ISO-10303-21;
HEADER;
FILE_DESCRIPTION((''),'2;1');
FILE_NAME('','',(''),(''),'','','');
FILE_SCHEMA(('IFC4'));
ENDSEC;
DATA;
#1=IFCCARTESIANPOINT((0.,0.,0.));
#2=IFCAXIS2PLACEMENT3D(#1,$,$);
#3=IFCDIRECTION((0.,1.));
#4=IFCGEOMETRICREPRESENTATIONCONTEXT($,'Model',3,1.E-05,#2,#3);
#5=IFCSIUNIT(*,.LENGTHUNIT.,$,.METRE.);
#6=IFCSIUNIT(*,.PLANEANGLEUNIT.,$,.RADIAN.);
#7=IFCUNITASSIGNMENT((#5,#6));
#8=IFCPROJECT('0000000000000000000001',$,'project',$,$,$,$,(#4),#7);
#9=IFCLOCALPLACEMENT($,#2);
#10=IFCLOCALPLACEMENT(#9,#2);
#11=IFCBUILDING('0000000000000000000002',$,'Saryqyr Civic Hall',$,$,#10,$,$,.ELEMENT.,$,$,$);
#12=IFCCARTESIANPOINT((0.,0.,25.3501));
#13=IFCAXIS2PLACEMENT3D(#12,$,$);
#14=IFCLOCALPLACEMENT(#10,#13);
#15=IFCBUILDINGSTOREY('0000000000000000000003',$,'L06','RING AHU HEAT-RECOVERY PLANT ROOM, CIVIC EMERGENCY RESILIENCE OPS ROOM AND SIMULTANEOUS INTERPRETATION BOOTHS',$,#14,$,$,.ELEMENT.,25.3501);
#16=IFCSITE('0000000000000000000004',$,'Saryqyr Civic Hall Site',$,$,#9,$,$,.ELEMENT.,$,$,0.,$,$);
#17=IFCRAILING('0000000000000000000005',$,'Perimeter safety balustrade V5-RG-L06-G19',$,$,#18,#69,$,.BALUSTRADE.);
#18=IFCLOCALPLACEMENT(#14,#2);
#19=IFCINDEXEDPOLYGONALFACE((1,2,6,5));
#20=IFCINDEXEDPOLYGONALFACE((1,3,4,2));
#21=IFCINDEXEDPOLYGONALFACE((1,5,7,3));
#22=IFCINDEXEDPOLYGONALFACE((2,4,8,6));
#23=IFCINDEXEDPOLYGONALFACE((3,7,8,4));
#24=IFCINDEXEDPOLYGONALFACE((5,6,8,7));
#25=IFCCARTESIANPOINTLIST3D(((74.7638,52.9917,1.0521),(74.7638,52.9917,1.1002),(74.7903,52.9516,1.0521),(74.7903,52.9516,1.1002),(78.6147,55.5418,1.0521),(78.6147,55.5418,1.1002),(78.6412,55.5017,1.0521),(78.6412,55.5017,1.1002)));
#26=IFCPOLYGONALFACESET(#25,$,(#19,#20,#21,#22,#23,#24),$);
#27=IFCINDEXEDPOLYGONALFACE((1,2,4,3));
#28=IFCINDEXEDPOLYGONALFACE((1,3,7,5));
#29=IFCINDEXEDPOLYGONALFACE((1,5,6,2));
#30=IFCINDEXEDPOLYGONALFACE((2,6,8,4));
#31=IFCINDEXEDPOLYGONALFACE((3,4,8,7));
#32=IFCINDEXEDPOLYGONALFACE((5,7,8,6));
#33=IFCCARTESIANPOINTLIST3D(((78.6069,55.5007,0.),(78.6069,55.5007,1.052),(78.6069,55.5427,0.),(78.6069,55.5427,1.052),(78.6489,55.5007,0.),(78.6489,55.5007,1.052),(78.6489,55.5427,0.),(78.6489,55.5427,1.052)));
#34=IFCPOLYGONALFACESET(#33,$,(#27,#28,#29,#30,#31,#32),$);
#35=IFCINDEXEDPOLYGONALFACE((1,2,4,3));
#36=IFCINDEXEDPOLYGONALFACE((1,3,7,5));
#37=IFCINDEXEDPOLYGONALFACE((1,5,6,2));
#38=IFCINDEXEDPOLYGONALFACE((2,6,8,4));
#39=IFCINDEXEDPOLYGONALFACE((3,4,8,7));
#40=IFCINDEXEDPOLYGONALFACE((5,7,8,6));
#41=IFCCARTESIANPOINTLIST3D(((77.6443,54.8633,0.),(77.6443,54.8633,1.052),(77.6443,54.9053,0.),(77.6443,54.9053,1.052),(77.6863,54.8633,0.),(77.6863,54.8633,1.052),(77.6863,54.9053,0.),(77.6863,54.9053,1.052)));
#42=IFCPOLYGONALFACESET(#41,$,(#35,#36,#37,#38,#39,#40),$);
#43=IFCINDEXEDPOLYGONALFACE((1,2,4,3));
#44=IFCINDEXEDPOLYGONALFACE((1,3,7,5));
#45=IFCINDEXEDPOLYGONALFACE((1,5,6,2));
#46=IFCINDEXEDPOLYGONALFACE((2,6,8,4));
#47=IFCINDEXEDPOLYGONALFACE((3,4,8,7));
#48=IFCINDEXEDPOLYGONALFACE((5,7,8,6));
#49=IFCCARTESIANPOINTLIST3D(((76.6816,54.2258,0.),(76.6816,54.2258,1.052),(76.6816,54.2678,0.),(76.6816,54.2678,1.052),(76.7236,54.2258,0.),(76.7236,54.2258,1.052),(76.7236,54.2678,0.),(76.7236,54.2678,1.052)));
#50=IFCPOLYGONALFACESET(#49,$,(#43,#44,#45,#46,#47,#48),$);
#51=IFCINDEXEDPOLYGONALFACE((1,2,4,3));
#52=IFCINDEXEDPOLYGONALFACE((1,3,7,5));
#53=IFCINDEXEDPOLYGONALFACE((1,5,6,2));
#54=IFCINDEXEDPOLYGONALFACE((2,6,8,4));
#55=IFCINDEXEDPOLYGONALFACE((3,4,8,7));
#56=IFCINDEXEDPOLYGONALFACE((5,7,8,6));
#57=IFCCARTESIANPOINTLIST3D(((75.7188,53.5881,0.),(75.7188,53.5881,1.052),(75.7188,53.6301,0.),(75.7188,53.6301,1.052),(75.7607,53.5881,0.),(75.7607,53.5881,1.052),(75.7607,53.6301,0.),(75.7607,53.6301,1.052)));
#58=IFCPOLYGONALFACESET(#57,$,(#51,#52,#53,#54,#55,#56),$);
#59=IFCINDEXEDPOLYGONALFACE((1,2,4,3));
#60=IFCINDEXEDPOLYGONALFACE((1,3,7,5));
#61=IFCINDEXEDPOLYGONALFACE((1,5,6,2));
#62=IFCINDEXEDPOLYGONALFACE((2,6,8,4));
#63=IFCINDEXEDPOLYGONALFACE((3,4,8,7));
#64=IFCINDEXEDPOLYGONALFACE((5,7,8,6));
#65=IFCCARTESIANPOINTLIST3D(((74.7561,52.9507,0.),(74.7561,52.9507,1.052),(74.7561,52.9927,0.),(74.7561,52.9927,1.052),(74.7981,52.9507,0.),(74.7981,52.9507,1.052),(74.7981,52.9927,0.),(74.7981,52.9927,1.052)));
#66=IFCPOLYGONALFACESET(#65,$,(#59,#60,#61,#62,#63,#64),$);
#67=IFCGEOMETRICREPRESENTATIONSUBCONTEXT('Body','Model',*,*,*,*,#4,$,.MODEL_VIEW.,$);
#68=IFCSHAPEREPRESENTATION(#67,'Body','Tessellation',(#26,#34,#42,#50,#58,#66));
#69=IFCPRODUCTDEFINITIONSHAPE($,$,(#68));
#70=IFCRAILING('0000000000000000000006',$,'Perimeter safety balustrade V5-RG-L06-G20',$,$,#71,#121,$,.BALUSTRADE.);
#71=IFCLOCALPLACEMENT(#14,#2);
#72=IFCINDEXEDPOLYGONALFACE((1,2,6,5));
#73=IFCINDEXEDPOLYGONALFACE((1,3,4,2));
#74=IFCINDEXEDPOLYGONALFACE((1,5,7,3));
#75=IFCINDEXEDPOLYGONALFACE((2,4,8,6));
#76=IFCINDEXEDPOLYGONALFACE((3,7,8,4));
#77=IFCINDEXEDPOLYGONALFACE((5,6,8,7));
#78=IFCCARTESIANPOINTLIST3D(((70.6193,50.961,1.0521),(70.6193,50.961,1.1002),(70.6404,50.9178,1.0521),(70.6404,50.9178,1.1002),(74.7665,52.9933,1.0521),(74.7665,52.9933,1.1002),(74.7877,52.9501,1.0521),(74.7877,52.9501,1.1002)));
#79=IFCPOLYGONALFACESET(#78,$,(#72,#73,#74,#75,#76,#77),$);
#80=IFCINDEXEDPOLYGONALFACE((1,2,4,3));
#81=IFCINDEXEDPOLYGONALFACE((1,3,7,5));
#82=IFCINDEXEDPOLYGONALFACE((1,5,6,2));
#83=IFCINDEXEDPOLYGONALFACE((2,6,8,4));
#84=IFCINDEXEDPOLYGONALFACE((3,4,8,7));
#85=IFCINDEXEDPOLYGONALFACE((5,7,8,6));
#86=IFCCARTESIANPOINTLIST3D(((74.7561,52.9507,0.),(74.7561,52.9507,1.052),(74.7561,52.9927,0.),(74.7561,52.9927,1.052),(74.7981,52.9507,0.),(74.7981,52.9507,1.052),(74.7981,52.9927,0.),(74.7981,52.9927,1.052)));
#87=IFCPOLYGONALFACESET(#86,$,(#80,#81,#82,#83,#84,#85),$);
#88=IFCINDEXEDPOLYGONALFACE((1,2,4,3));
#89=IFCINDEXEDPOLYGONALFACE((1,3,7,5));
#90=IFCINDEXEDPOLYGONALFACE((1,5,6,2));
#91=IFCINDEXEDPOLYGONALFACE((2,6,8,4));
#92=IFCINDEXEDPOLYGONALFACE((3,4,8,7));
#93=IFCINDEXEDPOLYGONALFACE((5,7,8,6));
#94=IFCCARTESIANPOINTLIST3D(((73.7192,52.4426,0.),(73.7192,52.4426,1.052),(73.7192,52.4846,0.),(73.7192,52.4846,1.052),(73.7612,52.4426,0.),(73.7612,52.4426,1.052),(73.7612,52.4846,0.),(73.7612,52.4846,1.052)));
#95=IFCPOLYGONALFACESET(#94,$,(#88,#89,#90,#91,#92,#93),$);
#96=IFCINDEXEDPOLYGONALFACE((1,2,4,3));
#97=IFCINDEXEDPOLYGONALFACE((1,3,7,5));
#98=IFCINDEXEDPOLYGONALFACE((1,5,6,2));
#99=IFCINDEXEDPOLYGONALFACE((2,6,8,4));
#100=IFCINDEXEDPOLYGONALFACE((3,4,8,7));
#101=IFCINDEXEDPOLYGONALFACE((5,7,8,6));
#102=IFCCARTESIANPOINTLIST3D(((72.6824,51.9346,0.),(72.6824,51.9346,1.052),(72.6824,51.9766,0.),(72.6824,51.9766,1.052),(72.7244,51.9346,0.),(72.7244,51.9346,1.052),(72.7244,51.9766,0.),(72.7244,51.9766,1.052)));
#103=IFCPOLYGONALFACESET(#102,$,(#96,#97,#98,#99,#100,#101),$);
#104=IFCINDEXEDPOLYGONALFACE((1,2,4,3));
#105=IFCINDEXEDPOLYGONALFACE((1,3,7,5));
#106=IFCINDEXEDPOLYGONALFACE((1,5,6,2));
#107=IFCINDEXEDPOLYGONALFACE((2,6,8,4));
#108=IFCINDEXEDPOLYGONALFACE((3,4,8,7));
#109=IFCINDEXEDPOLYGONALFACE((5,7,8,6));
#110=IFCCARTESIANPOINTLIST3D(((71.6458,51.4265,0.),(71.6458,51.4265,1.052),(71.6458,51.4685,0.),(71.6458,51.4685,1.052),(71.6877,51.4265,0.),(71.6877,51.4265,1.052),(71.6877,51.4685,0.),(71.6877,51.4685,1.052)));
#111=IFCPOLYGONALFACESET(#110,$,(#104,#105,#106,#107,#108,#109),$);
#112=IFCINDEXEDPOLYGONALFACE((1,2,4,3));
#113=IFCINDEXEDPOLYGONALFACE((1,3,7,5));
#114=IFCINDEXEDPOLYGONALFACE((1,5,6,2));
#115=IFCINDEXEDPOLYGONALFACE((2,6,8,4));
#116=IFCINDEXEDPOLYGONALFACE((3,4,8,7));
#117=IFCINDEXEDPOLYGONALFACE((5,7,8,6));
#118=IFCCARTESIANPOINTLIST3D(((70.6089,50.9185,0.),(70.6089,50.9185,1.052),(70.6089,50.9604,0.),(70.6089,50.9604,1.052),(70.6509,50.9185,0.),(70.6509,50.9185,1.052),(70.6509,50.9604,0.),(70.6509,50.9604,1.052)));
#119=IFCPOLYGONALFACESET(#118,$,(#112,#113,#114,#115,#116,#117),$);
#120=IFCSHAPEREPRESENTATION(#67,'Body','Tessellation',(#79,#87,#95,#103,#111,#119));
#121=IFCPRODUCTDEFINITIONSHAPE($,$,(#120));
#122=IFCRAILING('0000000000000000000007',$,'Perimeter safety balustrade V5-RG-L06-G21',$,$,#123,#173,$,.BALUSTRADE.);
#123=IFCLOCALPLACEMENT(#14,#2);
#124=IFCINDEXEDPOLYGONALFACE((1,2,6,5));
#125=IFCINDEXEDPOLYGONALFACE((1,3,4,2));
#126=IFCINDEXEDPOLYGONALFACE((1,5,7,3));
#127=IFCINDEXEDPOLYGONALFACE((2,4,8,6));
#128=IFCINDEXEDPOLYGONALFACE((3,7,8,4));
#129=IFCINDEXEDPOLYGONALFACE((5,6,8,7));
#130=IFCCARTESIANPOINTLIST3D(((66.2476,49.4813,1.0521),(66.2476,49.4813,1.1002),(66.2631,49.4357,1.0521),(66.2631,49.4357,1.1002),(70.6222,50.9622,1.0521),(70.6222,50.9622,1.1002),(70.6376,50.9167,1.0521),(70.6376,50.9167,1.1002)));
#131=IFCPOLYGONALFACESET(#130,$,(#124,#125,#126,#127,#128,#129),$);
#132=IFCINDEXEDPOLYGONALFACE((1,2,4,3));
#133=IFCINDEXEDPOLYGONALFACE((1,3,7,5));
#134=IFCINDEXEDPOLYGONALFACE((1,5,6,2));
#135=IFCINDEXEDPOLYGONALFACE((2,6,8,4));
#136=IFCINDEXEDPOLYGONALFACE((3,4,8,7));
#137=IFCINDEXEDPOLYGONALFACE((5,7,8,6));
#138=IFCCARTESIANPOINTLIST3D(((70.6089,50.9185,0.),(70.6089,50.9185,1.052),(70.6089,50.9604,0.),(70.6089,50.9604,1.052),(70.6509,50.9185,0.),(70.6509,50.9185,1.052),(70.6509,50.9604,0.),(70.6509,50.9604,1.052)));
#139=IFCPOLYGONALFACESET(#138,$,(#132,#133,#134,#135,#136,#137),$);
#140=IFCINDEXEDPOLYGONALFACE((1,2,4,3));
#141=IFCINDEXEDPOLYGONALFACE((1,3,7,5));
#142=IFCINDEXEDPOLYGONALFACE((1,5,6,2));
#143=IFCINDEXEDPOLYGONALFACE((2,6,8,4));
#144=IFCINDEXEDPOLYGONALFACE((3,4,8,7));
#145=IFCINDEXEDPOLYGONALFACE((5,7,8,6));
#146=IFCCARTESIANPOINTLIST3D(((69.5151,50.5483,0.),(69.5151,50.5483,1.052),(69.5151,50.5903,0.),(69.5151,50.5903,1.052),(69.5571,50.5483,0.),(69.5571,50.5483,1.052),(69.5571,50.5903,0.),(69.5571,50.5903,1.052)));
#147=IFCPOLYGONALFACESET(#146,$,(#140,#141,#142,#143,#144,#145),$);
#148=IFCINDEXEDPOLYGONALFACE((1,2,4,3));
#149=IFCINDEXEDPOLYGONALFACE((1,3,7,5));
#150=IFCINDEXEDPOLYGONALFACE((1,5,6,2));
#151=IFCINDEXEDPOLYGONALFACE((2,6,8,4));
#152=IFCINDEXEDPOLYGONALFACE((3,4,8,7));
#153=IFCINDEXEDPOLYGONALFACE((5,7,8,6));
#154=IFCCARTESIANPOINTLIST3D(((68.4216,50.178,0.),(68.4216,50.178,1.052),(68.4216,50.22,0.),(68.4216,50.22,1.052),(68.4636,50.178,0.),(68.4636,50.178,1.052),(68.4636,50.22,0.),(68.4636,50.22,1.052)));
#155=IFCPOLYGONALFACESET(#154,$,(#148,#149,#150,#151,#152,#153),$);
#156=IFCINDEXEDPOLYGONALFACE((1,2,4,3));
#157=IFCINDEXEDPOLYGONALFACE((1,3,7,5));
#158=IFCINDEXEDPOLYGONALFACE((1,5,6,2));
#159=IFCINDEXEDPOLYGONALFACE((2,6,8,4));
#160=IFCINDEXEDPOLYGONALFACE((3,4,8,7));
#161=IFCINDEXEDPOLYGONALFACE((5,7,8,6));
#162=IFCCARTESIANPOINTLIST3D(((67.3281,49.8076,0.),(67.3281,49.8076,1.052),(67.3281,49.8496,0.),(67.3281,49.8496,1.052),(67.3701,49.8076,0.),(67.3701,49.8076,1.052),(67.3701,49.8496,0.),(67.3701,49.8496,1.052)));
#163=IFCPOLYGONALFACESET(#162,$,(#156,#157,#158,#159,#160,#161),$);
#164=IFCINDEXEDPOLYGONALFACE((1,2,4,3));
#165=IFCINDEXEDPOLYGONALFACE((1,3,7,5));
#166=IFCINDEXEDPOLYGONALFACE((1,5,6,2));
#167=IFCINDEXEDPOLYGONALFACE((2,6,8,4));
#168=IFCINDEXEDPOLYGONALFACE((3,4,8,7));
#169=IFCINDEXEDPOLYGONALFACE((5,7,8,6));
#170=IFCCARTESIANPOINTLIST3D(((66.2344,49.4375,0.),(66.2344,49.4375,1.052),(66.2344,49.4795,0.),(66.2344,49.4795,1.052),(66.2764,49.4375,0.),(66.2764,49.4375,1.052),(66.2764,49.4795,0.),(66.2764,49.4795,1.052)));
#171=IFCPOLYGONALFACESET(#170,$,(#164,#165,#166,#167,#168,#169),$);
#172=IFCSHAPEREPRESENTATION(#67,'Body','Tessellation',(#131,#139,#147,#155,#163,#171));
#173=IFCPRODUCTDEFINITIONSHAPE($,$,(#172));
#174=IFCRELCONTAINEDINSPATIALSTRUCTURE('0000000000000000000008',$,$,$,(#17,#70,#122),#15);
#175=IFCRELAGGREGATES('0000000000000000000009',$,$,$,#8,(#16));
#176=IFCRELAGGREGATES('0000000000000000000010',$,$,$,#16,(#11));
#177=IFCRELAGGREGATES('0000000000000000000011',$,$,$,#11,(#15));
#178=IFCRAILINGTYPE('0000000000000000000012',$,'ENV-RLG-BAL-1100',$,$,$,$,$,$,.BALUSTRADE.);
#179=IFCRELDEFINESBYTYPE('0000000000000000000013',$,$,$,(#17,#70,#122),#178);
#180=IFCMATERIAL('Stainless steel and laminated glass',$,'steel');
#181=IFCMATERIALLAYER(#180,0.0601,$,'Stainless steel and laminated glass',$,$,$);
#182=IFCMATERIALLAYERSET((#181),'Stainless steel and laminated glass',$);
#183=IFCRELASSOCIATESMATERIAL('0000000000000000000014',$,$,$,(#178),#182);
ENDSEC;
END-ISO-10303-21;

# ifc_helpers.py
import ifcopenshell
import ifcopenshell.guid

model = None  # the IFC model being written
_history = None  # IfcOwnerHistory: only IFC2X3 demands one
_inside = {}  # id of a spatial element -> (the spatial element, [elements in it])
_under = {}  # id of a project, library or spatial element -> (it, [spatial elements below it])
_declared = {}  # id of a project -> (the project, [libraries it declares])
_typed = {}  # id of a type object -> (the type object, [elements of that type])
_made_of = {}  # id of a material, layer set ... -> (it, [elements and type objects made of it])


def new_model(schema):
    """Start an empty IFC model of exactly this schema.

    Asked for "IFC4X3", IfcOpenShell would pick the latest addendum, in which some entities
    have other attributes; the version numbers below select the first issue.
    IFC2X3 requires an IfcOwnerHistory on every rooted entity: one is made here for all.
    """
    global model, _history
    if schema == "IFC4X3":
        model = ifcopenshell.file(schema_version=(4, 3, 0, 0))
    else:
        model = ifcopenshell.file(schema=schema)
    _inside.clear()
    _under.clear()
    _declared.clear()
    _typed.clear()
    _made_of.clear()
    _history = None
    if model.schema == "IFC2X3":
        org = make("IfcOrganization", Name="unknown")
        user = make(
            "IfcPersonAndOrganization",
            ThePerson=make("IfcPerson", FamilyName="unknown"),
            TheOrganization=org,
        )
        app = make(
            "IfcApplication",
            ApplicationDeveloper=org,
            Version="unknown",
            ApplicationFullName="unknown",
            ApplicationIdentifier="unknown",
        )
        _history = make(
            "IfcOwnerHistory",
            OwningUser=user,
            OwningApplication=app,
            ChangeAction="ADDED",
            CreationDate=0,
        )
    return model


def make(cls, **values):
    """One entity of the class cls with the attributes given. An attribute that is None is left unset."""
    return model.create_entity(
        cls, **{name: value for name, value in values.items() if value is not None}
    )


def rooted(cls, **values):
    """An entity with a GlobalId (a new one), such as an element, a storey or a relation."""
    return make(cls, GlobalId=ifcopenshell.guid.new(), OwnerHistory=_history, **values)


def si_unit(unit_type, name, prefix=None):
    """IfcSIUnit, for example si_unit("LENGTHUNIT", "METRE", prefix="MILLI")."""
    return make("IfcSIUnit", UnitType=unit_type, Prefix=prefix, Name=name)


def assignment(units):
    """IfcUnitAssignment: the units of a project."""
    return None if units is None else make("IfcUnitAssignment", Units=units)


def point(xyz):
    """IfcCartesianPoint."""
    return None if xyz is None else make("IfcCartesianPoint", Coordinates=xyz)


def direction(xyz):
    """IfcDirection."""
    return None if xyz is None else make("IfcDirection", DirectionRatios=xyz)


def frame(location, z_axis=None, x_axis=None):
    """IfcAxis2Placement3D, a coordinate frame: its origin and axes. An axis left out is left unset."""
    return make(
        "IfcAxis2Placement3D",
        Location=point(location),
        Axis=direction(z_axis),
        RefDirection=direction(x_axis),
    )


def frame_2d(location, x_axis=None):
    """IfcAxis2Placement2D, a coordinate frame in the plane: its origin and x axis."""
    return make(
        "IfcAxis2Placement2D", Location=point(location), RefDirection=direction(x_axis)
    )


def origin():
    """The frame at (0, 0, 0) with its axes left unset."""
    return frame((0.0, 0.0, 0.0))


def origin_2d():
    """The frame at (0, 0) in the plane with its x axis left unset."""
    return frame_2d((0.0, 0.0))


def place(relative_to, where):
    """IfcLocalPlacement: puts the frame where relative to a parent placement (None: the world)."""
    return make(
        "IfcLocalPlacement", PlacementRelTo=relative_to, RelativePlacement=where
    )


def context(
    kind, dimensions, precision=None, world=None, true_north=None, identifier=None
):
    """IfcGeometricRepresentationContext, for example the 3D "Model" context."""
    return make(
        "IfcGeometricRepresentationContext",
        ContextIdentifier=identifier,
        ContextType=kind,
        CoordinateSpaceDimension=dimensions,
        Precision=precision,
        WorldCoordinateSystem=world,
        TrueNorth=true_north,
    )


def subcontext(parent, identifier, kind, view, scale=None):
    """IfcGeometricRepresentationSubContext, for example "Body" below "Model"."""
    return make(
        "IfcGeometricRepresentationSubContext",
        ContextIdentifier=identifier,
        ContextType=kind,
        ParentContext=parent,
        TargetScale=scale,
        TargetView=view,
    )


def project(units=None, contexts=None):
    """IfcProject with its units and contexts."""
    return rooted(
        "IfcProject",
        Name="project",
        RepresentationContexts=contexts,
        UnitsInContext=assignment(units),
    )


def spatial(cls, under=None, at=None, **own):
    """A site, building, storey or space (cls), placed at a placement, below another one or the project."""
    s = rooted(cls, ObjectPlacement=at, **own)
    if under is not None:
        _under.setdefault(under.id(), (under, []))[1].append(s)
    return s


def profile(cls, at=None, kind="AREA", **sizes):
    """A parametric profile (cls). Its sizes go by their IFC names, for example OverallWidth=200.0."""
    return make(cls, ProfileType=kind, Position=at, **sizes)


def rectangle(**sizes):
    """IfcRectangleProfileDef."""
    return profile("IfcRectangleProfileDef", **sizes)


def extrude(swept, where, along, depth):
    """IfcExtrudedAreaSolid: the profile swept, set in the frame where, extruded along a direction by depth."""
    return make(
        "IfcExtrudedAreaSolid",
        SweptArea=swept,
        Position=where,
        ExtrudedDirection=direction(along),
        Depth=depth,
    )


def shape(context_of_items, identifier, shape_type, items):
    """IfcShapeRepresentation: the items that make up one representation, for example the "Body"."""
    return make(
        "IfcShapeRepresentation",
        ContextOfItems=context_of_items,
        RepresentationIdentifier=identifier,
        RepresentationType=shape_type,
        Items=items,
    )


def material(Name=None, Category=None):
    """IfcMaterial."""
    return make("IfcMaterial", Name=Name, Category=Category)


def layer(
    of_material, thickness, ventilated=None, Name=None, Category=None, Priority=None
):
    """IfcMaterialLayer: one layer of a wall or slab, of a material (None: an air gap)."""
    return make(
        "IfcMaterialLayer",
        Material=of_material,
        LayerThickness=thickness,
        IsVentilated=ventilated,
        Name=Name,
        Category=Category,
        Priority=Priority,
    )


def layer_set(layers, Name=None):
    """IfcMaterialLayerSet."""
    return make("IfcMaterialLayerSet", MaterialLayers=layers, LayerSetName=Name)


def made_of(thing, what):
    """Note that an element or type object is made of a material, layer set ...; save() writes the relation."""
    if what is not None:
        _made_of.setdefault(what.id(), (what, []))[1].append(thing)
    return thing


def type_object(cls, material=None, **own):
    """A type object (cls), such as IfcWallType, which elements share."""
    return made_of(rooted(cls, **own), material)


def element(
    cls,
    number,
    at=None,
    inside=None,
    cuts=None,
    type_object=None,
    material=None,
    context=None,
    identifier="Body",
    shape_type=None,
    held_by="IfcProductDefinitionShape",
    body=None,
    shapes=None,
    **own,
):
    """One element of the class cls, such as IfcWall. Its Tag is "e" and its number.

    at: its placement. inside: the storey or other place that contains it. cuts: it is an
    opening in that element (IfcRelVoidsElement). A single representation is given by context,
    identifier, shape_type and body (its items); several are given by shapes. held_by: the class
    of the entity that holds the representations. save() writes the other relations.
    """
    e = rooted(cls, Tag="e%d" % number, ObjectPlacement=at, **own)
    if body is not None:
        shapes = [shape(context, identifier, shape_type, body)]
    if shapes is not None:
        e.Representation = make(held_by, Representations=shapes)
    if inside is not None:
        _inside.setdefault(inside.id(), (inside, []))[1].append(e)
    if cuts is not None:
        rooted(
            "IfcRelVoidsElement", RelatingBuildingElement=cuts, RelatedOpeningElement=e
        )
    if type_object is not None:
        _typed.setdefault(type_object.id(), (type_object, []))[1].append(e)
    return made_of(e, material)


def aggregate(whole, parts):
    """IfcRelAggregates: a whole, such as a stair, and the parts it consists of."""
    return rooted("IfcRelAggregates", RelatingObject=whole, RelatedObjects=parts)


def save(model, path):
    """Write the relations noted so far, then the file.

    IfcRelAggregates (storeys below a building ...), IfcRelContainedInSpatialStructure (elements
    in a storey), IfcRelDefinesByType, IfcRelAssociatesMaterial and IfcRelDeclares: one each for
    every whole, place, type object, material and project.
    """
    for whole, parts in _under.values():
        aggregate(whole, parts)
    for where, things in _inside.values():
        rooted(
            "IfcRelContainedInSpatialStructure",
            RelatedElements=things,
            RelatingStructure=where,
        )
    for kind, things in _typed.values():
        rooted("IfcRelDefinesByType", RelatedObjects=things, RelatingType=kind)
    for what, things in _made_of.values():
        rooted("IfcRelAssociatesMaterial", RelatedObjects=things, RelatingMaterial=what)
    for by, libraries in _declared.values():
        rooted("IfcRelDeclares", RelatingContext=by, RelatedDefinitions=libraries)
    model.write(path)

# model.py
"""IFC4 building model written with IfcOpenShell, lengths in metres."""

from ifc_helpers import new_model, si_unit, direction, frame, origin, origin_2d, place, context, subcontext, project, spatial, rectangle, extrude, material, layer, layer_set, type_object, element, save


model = new_model("IFC4")

# Units and contexts
model_context = context("Model", 3, precision=1e-05, world=origin(), true_north=direction((0.0, 1.0)))
body_context = subcontext(model_context, "Body", "Model", "MODEL_VIEW")
ifc_project = project(units=[si_unit("LENGTHUNIT", "METRE"), si_unit("PLANEANGLEUNIT", "RADIAN")], contexts=[model_context])

# Site, building, storey
site_placement = place(None, origin())
site = spatial("IfcSite", under=ifc_project, at=site_placement, Name="Saryqyr Civic Hall Site", CompositionType="ELEMENT", RefElevation=0.0)
building_placement = place(site_placement, origin())
building = spatial("IfcBuilding", under=site, at=building_placement, Name="Saryqyr Civic Hall", CompositionType="ELEMENT")
storey_placement = place(building_placement, frame((0.0, 0.0, 25.3501)))
storey = spatial("IfcBuildingStorey", under=building, at=storey_placement, Name="L06", Description="RING AHU HEAT-RECOVERY PLANT ROOM, CIVIC EMERGENCY RESILIENCE OPS ROOM AND SIMULTANEOUS INTERPRETATION BOOTHS", CompositionType="ELEMENT", Elevation=25.3501)

# Railings
ifc_material_1 = material(Name="Stainless steel and laminated glass", Category="steel")
ifc_layer_1 = layer(ifc_material_1, 0.0601, Name="Stainless steel and laminated glass")
ifc_layer_set_1 = layer_set([ifc_layer_1], Name="Stainless steel and laminated glass")
railing_type = type_object("IfcRailingType", Name="ENV-RLG-BAL-1100", PredefinedType="BALUSTRADE", material=ifc_layer_set_1)
railing_1_placement = place(storey_placement, frame((78.6279, 55.5217, 0.0)))
element("IfcRailing", 1, at=railing_1_placement, inside=storey, type_object=railing_type, Name="Perimeter safety balustrade V5-RG-L06-G19", PredefinedType="BALUSTRADE", context=body_context, shape_type="SweptSolid", body=[
    extrude(rectangle(XDim=0.0481, YDim=0.0481, at=origin_2d()), frame((0.0, 0.0, 1.0762), z_axis=(-0.833762, -0.552124, 0.0), x_axis=(0.552124, -0.833762, 0.0)), (0.0, 0.0, 1.0), 4.6187),
    extrude(rectangle(XDim=0.042, YDim=0.042, at=origin_2d()), origin(), (0.0, 0.0, 1.0), 1.052),
    extrude(rectangle(XDim=0.042, YDim=0.042, at=origin_2d()), frame((-0.9626, -0.6375, 0.0)), (0.0, 0.0, 1.0), 1.052),
    extrude(rectangle(XDim=0.042, YDim=0.042, at=origin_2d()), frame((-1.9253, -1.2749, 0.0)), (0.0, 0.0, 1.0), 1.052),
    extrude(rectangle(XDim=0.042, YDim=0.042, at=origin_2d()), frame((-2.8882, -1.9126, 0.0)), (0.0, 0.0, 1.0), 1.052),
    extrude(rectangle(XDim=0.042, YDim=0.042, at=origin_2d()), frame((-3.8508, -2.55, 0.0)), (0.0, 0.0, 1.0), 1.052),
])
railing_2_placement = place(storey_placement, frame((74.7771, 52.9717, 0.0)))
element("IfcRailing", 2, at=railing_2_placement, inside=storey, type_object=railing_type, Name="Perimeter safety balustrade V5-RG-L06-G20", PredefinedType="BALUSTRADE", context=body_context, shape_type="SweptSolid", body=[
    extrude(rectangle(XDim=0.0481, YDim=0.0481, at=origin_2d()), frame((0.0, 0.0, 1.0762), z_axis=(-0.897983, -0.440031, 0.0), x_axis=(0.440031, -0.897983, 0.0)), (0.0, 0.0, 1.0), 4.6184),
    extrude(rectangle(XDim=0.042, YDim=0.042, at=origin_2d()), origin(), (0.0, 0.0, 1.0), 1.052),
    extrude(rectangle(XDim=0.042, YDim=0.042, at=origin_2d()), frame((-1.0369, -0.5081, 0.0)), (0.0, 0.0, 1.0), 1.052),
    extrude(rectangle(XDim=0.042, YDim=0.042, at=origin_2d()), frame((-2.0737, -1.0161, 0.0)), (0.0, 0.0, 1.0), 1.052),
    extrude(rectangle(XDim=0.042, YDim=0.042, at=origin_2d()), frame((-3.1104, -1.5242, 0.0)), (0.0, 0.0, 1.0), 1.052),
    extrude(rectangle(XDim=0.042, YDim=0.042, at=origin_2d()), frame((-4.1472, -2.0322, 0.0)), (0.0, 0.0, 1.0), 1.052),
])
railing_3_placement = place(storey_placement, frame((70.6299, 50.9395, 0.0)))
element("IfcRailing", 3, at=railing_3_placement, inside=storey, type_object=railing_type, Name="Perimeter safety balustrade V5-RG-L06-G21", PredefinedType="BALUSTRADE", context=body_context, shape_type="SweptSolid", body=[
    extrude(rectangle(XDim=0.0481, YDim=0.0481, at=origin_2d()), frame((0.0, 0.0, 1.0762), z_axis=(-0.947193, -0.320665, 0.0), x_axis=(0.320665, -0.947193, 0.0)), (0.0, 0.0, 1.0), 4.6184),
    extrude(rectangle(XDim=0.042, YDim=0.042, at=origin_2d()), origin(), (0.0, 0.0, 1.0), 1.052),
    extrude(rectangle(XDim=0.042, YDim=0.042, at=origin_2d()), frame((-1.0938, -0.3701, 0.0)), (0.0, 0.0, 1.0), 1.052),
    extrude(rectangle(XDim=0.042, YDim=0.042, at=origin_2d()), frame((-2.1873, -0.7405, 0.0)), (0.0, 0.0, 1.0), 1.052),
    extrude(rectangle(XDim=0.042, YDim=0.042, at=origin_2d()), frame((-3.2808, -1.1108, 0.0)), (0.0, 0.0, 1.0), 1.052),
    extrude(rectangle(XDim=0.042, YDim=0.042, at=origin_2d()), frame((-4.3745, -1.481, 0.0)), (0.0, 0.0, 1.0), 1.052),
])

save(model, "model.ifc")
